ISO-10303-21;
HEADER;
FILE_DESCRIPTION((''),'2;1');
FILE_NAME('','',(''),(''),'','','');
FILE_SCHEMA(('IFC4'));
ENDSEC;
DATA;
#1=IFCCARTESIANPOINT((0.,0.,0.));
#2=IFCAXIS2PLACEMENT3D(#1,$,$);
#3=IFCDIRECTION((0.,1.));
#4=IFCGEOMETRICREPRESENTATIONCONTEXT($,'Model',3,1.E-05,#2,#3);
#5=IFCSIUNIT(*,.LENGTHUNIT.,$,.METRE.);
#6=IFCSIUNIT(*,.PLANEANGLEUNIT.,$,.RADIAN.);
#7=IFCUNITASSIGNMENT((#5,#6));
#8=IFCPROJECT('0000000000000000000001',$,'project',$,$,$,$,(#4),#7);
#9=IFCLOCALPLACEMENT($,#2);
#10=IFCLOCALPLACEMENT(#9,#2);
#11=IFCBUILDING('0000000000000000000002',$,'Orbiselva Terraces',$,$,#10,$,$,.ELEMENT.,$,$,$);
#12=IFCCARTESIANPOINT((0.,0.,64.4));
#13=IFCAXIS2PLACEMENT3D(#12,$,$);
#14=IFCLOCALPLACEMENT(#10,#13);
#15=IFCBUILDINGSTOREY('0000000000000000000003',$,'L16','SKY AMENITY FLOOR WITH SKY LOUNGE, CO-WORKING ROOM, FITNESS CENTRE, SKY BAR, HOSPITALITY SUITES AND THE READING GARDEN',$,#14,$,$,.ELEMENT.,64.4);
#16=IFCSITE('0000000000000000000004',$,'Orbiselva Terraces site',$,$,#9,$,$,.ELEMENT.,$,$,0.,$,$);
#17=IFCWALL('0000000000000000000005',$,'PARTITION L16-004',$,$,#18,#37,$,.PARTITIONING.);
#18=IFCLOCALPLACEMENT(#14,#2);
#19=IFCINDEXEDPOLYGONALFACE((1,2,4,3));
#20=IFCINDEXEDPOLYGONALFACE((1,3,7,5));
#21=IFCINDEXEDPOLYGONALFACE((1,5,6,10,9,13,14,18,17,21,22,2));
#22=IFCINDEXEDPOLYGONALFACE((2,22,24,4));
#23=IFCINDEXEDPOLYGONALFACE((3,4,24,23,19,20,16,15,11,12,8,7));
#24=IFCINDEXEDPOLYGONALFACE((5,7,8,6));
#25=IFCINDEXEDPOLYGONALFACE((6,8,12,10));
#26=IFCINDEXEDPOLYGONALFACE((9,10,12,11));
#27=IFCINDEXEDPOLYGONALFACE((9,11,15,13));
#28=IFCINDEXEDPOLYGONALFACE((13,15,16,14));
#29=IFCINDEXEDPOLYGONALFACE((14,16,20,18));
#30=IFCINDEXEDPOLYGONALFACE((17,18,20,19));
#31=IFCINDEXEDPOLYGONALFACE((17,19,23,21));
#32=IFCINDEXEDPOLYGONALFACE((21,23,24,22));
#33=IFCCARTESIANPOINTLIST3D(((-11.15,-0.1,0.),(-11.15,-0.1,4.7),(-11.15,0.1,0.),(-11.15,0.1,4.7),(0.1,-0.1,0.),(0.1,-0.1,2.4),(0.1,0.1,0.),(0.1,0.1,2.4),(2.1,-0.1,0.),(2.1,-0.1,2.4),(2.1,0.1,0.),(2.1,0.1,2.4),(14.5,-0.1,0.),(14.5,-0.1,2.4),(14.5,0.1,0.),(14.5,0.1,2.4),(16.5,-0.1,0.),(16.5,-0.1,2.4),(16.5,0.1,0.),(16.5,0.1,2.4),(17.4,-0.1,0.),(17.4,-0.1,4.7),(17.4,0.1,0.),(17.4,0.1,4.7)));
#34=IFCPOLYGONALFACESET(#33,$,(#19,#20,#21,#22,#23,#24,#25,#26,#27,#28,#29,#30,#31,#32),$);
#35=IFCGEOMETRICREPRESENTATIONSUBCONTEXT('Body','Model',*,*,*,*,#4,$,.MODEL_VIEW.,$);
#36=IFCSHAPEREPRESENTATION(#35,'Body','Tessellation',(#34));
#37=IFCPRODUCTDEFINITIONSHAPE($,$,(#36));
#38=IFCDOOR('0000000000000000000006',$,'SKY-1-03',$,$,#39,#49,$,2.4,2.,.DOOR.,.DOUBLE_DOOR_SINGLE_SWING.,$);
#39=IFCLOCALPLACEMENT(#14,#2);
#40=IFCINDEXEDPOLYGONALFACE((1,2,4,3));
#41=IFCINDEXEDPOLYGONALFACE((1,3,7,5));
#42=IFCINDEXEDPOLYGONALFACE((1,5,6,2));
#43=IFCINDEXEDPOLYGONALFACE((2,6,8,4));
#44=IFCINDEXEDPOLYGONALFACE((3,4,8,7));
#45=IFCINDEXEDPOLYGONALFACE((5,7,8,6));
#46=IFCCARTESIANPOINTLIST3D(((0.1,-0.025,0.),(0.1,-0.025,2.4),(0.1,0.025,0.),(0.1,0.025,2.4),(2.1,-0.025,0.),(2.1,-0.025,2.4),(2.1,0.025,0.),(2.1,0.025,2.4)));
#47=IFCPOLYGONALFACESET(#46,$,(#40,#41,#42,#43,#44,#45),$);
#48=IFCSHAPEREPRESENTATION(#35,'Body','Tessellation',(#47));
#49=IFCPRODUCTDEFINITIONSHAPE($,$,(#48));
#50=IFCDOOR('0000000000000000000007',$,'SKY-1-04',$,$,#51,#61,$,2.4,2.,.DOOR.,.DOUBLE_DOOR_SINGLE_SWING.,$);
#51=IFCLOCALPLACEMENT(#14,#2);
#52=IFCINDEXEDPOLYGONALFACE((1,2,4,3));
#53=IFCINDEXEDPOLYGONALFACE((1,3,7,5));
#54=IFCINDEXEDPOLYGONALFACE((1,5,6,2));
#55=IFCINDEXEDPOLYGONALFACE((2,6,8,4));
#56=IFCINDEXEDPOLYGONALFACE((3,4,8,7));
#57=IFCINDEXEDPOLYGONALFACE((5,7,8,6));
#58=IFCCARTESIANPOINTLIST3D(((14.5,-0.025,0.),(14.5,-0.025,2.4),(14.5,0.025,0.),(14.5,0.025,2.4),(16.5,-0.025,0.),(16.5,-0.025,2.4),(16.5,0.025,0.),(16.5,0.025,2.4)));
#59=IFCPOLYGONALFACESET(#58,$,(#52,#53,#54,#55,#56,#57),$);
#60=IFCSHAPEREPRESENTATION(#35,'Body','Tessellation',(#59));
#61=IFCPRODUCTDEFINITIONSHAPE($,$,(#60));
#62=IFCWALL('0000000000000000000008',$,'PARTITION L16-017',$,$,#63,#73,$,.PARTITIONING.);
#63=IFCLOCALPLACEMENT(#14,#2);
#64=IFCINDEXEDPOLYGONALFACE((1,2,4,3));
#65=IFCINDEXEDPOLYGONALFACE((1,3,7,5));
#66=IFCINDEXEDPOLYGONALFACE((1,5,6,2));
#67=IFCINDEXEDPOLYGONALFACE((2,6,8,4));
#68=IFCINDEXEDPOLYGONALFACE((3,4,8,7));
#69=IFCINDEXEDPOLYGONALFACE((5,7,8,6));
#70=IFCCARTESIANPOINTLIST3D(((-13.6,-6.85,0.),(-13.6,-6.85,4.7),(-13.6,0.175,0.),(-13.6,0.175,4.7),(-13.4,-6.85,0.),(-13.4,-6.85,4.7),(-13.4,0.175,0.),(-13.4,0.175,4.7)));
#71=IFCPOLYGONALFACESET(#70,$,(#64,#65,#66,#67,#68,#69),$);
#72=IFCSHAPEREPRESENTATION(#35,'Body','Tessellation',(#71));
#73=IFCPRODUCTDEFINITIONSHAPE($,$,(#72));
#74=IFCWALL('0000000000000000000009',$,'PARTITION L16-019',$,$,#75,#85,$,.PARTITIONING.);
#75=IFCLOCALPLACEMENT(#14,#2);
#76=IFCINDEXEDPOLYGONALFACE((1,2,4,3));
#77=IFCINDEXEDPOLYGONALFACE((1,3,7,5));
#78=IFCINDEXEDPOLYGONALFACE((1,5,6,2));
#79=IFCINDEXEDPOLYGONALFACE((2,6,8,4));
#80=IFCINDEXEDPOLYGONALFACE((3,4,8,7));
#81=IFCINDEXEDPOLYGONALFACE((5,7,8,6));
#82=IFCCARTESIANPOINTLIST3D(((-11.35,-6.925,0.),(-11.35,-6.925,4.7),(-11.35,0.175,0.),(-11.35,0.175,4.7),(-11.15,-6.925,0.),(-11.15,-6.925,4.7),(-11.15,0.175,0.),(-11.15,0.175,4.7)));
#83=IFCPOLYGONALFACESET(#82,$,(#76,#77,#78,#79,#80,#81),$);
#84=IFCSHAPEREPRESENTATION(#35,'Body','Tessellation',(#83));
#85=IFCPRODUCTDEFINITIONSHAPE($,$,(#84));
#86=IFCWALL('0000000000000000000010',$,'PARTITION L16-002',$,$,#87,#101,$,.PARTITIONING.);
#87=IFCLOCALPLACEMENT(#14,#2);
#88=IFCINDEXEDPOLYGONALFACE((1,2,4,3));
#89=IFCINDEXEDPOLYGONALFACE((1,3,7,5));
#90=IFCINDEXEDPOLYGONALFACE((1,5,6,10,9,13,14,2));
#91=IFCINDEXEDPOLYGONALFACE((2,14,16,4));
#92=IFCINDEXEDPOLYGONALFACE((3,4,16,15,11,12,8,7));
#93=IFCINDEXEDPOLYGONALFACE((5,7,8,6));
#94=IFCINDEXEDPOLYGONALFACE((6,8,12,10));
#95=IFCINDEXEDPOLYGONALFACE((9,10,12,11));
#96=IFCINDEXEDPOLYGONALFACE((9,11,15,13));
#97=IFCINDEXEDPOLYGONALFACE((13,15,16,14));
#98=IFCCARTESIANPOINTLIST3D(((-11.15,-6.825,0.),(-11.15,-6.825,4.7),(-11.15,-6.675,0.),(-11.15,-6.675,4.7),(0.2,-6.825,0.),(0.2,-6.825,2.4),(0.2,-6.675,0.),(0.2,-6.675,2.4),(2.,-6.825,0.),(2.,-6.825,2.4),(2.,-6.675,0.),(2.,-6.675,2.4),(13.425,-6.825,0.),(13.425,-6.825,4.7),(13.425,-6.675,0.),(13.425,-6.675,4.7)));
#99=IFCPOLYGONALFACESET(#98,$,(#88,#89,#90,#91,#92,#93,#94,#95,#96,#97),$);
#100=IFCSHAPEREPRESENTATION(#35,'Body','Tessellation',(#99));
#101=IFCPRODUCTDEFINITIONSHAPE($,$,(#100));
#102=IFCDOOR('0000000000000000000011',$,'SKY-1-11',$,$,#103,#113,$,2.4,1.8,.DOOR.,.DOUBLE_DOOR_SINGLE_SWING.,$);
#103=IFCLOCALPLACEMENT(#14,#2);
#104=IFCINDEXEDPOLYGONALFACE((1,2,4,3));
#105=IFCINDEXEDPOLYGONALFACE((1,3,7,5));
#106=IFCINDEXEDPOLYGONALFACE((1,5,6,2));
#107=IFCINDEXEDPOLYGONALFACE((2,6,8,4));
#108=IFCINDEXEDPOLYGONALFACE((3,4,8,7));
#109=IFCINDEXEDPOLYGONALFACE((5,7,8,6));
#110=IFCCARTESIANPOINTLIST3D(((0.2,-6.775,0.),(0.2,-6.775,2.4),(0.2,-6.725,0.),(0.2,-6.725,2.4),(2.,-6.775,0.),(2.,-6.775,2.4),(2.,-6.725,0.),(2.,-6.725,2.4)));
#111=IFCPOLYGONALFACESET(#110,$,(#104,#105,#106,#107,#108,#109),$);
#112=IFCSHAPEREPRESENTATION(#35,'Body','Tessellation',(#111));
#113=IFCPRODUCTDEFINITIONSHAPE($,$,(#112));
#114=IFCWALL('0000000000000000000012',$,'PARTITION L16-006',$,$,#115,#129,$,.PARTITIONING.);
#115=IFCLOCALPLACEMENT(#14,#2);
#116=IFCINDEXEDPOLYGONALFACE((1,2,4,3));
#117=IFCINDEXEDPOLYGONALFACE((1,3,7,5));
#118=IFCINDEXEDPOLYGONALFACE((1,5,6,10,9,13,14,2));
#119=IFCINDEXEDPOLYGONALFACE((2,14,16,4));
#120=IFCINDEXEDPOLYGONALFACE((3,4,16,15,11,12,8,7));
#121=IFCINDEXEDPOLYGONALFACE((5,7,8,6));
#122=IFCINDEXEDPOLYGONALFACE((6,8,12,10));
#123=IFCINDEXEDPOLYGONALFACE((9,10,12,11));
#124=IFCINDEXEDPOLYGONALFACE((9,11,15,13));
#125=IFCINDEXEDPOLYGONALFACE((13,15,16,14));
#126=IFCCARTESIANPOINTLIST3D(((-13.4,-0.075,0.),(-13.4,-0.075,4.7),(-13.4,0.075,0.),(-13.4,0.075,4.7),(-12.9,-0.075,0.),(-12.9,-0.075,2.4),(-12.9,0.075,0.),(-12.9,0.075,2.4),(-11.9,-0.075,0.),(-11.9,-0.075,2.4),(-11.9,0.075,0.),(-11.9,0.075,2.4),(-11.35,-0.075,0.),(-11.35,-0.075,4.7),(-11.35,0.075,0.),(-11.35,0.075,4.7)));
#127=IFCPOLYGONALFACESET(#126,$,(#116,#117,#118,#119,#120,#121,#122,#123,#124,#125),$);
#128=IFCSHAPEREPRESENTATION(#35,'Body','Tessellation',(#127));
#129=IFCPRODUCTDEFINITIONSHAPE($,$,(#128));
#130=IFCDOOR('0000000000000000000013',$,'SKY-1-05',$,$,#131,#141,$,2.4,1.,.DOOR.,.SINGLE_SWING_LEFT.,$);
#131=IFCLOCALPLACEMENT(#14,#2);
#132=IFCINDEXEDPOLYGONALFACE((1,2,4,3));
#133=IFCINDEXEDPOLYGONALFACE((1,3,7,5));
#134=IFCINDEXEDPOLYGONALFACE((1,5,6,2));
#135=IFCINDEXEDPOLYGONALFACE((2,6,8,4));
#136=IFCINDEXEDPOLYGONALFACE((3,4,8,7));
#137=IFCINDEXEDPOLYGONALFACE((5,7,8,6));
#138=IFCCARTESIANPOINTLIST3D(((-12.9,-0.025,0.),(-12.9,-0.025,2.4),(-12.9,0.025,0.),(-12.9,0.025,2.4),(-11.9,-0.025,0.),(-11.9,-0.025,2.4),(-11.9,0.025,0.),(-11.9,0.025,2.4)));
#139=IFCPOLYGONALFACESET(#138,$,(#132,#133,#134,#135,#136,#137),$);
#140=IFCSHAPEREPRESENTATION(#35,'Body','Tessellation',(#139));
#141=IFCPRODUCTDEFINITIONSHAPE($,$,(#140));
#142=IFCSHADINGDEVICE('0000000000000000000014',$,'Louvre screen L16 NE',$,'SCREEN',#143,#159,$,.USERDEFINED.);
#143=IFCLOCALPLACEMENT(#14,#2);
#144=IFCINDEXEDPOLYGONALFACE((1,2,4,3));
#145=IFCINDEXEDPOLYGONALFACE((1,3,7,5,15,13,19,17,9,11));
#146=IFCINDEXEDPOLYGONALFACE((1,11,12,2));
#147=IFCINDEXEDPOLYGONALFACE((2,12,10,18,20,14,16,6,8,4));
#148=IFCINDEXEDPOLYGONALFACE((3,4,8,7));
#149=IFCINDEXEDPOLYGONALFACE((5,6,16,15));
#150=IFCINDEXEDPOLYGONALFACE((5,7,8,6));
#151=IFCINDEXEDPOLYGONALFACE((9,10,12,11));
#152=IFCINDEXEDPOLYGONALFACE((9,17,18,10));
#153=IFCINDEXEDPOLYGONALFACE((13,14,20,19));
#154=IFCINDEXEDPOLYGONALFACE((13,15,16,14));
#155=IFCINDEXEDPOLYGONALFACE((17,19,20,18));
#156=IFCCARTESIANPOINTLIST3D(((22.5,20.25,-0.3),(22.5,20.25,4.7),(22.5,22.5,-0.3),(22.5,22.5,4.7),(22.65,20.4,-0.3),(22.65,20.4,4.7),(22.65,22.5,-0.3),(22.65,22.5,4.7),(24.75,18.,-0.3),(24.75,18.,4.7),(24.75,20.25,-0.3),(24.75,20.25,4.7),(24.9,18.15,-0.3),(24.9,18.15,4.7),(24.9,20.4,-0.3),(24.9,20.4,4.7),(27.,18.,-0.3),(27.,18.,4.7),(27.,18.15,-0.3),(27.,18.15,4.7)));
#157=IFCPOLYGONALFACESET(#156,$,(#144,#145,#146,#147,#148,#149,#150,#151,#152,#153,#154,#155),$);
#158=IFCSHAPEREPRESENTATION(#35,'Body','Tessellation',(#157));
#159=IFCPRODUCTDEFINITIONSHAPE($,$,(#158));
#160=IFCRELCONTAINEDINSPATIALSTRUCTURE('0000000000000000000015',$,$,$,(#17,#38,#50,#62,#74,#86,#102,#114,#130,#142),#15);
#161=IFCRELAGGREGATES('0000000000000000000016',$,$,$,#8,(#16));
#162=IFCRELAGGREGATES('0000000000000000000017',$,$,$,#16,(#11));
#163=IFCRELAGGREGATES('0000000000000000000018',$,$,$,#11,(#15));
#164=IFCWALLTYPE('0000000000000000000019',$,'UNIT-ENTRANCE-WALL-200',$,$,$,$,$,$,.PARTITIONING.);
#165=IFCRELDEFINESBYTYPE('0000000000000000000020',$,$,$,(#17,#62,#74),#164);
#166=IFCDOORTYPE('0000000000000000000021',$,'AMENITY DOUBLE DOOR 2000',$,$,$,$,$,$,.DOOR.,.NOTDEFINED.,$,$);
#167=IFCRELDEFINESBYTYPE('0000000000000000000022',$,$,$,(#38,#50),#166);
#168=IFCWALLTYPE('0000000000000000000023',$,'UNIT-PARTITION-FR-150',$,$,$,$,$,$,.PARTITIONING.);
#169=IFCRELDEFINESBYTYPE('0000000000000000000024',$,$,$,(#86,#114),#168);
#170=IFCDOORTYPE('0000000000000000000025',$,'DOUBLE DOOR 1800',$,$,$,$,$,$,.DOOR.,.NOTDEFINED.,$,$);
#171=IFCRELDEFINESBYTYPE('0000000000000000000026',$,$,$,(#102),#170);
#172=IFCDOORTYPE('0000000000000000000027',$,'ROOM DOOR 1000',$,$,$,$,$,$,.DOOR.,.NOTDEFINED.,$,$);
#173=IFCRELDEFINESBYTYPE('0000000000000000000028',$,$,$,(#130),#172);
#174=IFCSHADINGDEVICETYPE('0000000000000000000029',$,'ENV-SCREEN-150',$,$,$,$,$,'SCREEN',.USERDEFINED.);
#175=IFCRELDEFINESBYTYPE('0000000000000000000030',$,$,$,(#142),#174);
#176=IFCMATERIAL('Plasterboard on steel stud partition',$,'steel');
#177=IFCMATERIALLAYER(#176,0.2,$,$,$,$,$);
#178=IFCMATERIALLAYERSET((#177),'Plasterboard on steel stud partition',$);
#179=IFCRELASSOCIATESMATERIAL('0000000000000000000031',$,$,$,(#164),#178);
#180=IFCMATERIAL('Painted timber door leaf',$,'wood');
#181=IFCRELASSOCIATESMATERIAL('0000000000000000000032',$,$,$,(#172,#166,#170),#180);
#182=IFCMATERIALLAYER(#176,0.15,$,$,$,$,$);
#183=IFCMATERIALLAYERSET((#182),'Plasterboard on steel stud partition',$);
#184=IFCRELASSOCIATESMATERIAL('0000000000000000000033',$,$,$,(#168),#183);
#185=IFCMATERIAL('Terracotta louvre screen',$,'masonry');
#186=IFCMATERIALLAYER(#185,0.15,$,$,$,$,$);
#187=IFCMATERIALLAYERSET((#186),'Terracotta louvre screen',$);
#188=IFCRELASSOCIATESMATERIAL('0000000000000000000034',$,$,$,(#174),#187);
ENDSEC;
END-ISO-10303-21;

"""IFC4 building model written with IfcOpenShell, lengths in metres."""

from ifc_helpers import new_model, si_unit, direction, frame, frame_2d, origin, place, context, subcontext, project, spatial, polyline, rectangle, outline, extrude, material, layer, layer_set, type_object, element, fill, save


model = new_model("IFC4")

# Units and contexts
model_context = context("Model", 3, precision=1e-05, world=origin(), true_north=direction((0.0, 1.0)))
body_context = subcontext(model_context, "Body", "Model", "MODEL_VIEW")
ifc_project = project(units=[si_unit("LENGTHUNIT", "METRE"), si_unit("PLANEANGLEUNIT", "RADIAN")], contexts=[model_context])

# Site, building, storey
site_placement = place(None, origin())
site = spatial("IfcSite", under=ifc_project, at=site_placement, Name="Orbiselva Terraces site", CompositionType="ELEMENT", RefElevation=0.0)
building_placement = place(site_placement, origin())
building = spatial("IfcBuilding", under=site, at=building_placement, Name="Orbiselva Terraces", CompositionType="ELEMENT")
storey_placement = place(building_placement, frame((0.0, 0.0, 64.4)))
storey = spatial("IfcBuildingStorey", under=building, at=storey_placement, Name="L16", Description="SKY AMENITY FLOOR WITH SKY LOUNGE, CO-WORKING ROOM, FITNESS CENTRE, SKY BAR, HOSPITALITY SUITES AND THE READING GARDEN", CompositionType="ELEMENT", Elevation=64.4)

# Shared definitions
ifc_material_1 = material(Name="Plasterboard on steel stud partition", Category="steel")
ifc_layer_1 = layer(ifc_material_1, 0.2)
ifc_layer_set_1 = layer_set([ifc_layer_1], Name="Plasterboard on steel stud partition")
wall_type_1 = type_object("IfcWallType", Name="UNIT-ENTRANCE-WALL-200", PredefinedType="PARTITIONING", material=ifc_layer_set_1)
ifc_material_2 = material(Name="Painted timber door leaf", Category="wood")
door_type_1 = type_object("IfcDoorType", Name="ROOM DOOR 1000", OperationType="NOTDEFINED", PredefinedType="DOOR", material=ifc_material_2)
door_type_2 = type_object("IfcDoorType", Name="AMENITY DOUBLE DOOR 2000", OperationType="NOTDEFINED", PredefinedType="DOOR", material=ifc_material_2)

# Wall, openings, doors
wall_1_placement = place(storey_placement, frame((-11.15, 0.0, 0.0), z_axis=(0.0, 0.0, 1.0), x_axis=(1.0, 0.0, 0.0)))
wall_1 = element("IfcWall", 1, at=wall_1_placement, inside=storey, type_object=wall_type_1, Name="PARTITION L16-004", PredefinedType="PARTITIONING", context=body_context, shape_type="SweptSolid", body=[
    extrude(rectangle(XDim=28.55, YDim=0.2, at=frame_2d((14.275, 0.0))), origin(), (0.0, 0.0, 1.0), 4.7),
])
opening_1_placement = place(wall_1_placement, frame((11.25, 0.0, 0.0)))
opening_1 = element("IfcOpeningElement", 2, at=opening_1_placement, cuts=wall_1, PredefinedType="OPENING", context=body_context, shape_type="SweptSolid", body=[
    extrude(rectangle(XDim=2.0, YDim=2.4, at=frame_2d((1.0, 1.2))), frame((0.0, 0.11, 0.0), z_axis=(0.0, -1.0, 0.0), x_axis=(1.0, 0.0, 0.0)), (0.0, 0.0, 1.0), 0.22),
])
opening_2_placement = place(wall_1_placement, frame((25.65, 0.0, 0.0)))
opening_2 = element("IfcOpeningElement", 3, at=opening_2_placement, cuts=wall_1, PredefinedType="OPENING", context=body_context, shape_type="SweptSolid", body=[
    extrude(rectangle(XDim=2.0, YDim=2.4, at=frame_2d((1.0, 1.2))), frame((0.0, 0.11, 0.0), z_axis=(0.0, -1.0, 0.0), x_axis=(1.0, 0.0, 0.0)), (0.0, 0.0, 1.0), 0.22),
])
door_1_placement = place(opening_1_placement, origin())
door_1 = element("IfcDoor", 4, at=door_1_placement, inside=storey, type_object=door_type_2, Name="SKY-1-03", OperationType="DOUBLE_DOOR_SINGLE_SWING", OverallHeight=2.4, OverallWidth=2.0, PredefinedType="DOOR", context=body_context, shape_type="SweptSolid", body=[
    extrude(rectangle(XDim=2.0, YDim=2.4, at=frame_2d((1.0, 1.2))), frame((0.0, 0.025, 0.0), z_axis=(0.0, -1.0, 0.0), x_axis=(1.0, 0.0, 0.0)), (0.0, 0.0, 1.0), 0.05),
])
fill(opening_1, door_1)
door_2_placement = place(opening_2_placement, origin())
door_2 = element("IfcDoor", 5, at=door_2_placement, inside=storey, type_object=door_type_2, Name="SKY-1-04", OperationType="DOUBLE_DOOR_SINGLE_SWING", OverallHeight=2.4, OverallWidth=2.0, PredefinedType="DOOR", context=body_context, shape_type="SweptSolid", body=[
    extrude(rectangle(XDim=2.0, YDim=2.4, at=frame_2d((1.0, 1.2))), frame((0.0, 0.025, 0.0), z_axis=(0.0, -1.0, 0.0), x_axis=(1.0, 0.0, 0.0)), (0.0, 0.0, 1.0), 0.05),
])
fill(opening_2, door_2)

# Walls
wall_2_placement = place(storey_placement, frame((-13.5, -6.85, 0.0), z_axis=(0.0, 0.0, 1.0), x_axis=(0.0, 1.0, 0.0)))
element("IfcWall", 6, at=wall_2_placement, inside=storey, type_object=wall_type_1, Name="PARTITION L16-017", PredefinedType="PARTITIONING", context=body_context, shape_type="SweptSolid", body=[
    extrude(rectangle(XDim=7.025, YDim=0.2, at=frame_2d((3.5125, 0.0))), origin(), (0.0, 0.0, 1.0), 4.7),
])
wall_3_placement = place(storey_placement, frame((-11.25, -6.925, 0.0), z_axis=(0.0, 0.0, 1.0), x_axis=(0.0, 1.0, 0.0)))
element("IfcWall", 7, at=wall_3_placement, inside=storey, type_object=wall_type_1, Name="PARTITION L16-019", PredefinedType="PARTITIONING", context=body_context, shape_type="SweptSolid", body=[
    extrude(rectangle(XDim=7.1, YDim=0.2, at=frame_2d((3.55, 0.0))), origin(), (0.0, 0.0, 1.0), 4.7),
])

# Walls, openings, doors
ifc_layer_2 = layer(ifc_material_1, 0.15)
ifc_layer_set_2 = layer_set([ifc_layer_2], Name="Plasterboard on steel stud partition")
wall_type_2 = type_object("IfcWallType", Name="UNIT-PARTITION-FR-150", PredefinedType="PARTITIONING", material=ifc_layer_set_2)
wall_4_placement = place(storey_placement, frame((-11.15, -6.75, 0.0), z_axis=(0.0, 0.0, 1.0), x_axis=(1.0, 0.0, 0.0)))
wall_4 = element("IfcWall", 8, at=wall_4_placement, inside=storey, type_object=wall_type_2, Name="PARTITION L16-002", PredefinedType="PARTITIONING", context=body_context, shape_type="SweptSolid", body=[
    extrude(rectangle(XDim=24.575, YDim=0.15, at=frame_2d((12.2875, 0.0))), origin(), (0.0, 0.0, 1.0), 4.7),
])
opening_3_placement = place(wall_4_placement, frame((11.35, 0.0, 0.0)))
opening_3 = element("IfcOpeningElement", 9, at=opening_3_placement, cuts=wall_4, PredefinedType="OPENING", context=body_context, shape_type="SweptSolid", body=[
    extrude(rectangle(XDim=1.8, YDim=2.4, at=frame_2d((0.9, 1.2))), frame((0.0, 0.085, 0.0), z_axis=(0.0, -1.0, 0.0), x_axis=(1.0, 0.0, 0.0)), (0.0, 0.0, 1.0), 0.17),
])
door_type_3 = type_object("IfcDoorType", Name="DOUBLE DOOR 1800", OperationType="NOTDEFINED", PredefinedType="DOOR", material=ifc_material_2)
door_3_placement = place(opening_3_placement, origin())
door_3 = element("IfcDoor", 10, at=door_3_placement, inside=storey, type_object=door_type_3, Name="SKY-1-11", OperationType="DOUBLE_DOOR_SINGLE_SWING", OverallHeight=2.4, OverallWidth=1.8, PredefinedType="DOOR", context=body_context, shape_type="SweptSolid", body=[
    extrude(rectangle(XDim=1.8, YDim=2.4, at=frame_2d((0.9, 1.2))), frame((0.0, 0.025, 0.0), z_axis=(0.0, -1.0, 0.0), x_axis=(1.0, 0.0, 0.0)), (0.0, 0.0, 1.0), 0.05),
])
fill(opening_3, door_3)
wall_5_placement = place(storey_placement, frame((-13.4, 0.0, 0.0), z_axis=(0.0, 0.0, 1.0), x_axis=(1.0, 0.0, 0.0)))
wall_5 = element("IfcWall", 11, at=wall_5_placement, inside=storey, type_object=wall_type_2, Name="PARTITION L16-006", PredefinedType="PARTITIONING", context=body_context, shape_type="SweptSolid", body=[
    extrude(rectangle(XDim=2.05, YDim=0.15, at=frame_2d((1.025, 0.0))), origin(), (0.0, 0.0, 1.0), 4.7),
])
opening_4_placement = place(wall_5_placement, frame((0.5, 0.0, 0.0)))
opening_4 = element("IfcOpeningElement", 12, at=opening_4_placement, cuts=wall_5, PredefinedType="OPENING", context=body_context, shape_type="SweptSolid", body=[
    extrude(rectangle(XDim=1.0, YDim=2.4, at=frame_2d((0.5, 1.2))), frame((0.0, 0.085, 0.0), z_axis=(0.0, -1.0, 0.0), x_axis=(1.0, 0.0, 0.0)), (0.0, 0.0, 1.0), 0.17),
])
door_4_placement = place(opening_4_placement, origin())
door_4 = element("IfcDoor", 13, at=door_4_placement, inside=storey, type_object=door_type_1, Name="SKY-1-05", OperationType="SINGLE_SWING_LEFT", OverallHeight=2.4, OverallWidth=1.0, PredefinedType="DOOR", context=body_context, shape_type="SweptSolid", body=[
    extrude(rectangle(XDim=1.0, YDim=2.4, at=frame_2d((0.5, 1.2))), frame((0.0, 0.025, 0.0), z_axis=(0.0, -1.0, 0.0), x_axis=(1.0, 0.0, 0.0)), (0.0, 0.0, 1.0), 0.05),
])
fill(opening_4, door_4)

# Shading device
ifc_material_3 = material(Name="Terracotta louvre screen", Category="masonry")
ifc_layer_3 = layer(ifc_material_3, 0.15)
ifc_layer_set_3 = layer_set([ifc_layer_3], Name="Terracotta louvre screen")
shading_device_type_1 = type_object("IfcShadingDeviceType", Name="ENV-SCREEN-150", ElementType="SCREEN", PredefinedType="USERDEFINED", material=ifc_layer_set_3)
shading_device_1_placement = place(storey_placement, frame((0.0, 0.0, -0.3)))
element("IfcShadingDevice", 14, at=shading_device_1_placement, inside=storey, type_object=shading_device_type_1, Name="Louvre screen L16 NE", ObjectType="SCREEN", PredefinedType="USERDEFINED", context=body_context, shape_type="SweptSolid", body=[
    extrude(outline(polyline([(27.0, 18.15), (24.9, 18.15), (24.9, 20.4), (22.65, 20.4), (22.65, 22.5), (22.5, 22.5), (22.5, 20.25), (24.75, 20.25), (24.75, 18.0), (27.0, 18.0), (27.0, 18.15)])), origin(), (0.0, 0.0, 1.0), 5.0),
])

save(model, "model.ifc")
